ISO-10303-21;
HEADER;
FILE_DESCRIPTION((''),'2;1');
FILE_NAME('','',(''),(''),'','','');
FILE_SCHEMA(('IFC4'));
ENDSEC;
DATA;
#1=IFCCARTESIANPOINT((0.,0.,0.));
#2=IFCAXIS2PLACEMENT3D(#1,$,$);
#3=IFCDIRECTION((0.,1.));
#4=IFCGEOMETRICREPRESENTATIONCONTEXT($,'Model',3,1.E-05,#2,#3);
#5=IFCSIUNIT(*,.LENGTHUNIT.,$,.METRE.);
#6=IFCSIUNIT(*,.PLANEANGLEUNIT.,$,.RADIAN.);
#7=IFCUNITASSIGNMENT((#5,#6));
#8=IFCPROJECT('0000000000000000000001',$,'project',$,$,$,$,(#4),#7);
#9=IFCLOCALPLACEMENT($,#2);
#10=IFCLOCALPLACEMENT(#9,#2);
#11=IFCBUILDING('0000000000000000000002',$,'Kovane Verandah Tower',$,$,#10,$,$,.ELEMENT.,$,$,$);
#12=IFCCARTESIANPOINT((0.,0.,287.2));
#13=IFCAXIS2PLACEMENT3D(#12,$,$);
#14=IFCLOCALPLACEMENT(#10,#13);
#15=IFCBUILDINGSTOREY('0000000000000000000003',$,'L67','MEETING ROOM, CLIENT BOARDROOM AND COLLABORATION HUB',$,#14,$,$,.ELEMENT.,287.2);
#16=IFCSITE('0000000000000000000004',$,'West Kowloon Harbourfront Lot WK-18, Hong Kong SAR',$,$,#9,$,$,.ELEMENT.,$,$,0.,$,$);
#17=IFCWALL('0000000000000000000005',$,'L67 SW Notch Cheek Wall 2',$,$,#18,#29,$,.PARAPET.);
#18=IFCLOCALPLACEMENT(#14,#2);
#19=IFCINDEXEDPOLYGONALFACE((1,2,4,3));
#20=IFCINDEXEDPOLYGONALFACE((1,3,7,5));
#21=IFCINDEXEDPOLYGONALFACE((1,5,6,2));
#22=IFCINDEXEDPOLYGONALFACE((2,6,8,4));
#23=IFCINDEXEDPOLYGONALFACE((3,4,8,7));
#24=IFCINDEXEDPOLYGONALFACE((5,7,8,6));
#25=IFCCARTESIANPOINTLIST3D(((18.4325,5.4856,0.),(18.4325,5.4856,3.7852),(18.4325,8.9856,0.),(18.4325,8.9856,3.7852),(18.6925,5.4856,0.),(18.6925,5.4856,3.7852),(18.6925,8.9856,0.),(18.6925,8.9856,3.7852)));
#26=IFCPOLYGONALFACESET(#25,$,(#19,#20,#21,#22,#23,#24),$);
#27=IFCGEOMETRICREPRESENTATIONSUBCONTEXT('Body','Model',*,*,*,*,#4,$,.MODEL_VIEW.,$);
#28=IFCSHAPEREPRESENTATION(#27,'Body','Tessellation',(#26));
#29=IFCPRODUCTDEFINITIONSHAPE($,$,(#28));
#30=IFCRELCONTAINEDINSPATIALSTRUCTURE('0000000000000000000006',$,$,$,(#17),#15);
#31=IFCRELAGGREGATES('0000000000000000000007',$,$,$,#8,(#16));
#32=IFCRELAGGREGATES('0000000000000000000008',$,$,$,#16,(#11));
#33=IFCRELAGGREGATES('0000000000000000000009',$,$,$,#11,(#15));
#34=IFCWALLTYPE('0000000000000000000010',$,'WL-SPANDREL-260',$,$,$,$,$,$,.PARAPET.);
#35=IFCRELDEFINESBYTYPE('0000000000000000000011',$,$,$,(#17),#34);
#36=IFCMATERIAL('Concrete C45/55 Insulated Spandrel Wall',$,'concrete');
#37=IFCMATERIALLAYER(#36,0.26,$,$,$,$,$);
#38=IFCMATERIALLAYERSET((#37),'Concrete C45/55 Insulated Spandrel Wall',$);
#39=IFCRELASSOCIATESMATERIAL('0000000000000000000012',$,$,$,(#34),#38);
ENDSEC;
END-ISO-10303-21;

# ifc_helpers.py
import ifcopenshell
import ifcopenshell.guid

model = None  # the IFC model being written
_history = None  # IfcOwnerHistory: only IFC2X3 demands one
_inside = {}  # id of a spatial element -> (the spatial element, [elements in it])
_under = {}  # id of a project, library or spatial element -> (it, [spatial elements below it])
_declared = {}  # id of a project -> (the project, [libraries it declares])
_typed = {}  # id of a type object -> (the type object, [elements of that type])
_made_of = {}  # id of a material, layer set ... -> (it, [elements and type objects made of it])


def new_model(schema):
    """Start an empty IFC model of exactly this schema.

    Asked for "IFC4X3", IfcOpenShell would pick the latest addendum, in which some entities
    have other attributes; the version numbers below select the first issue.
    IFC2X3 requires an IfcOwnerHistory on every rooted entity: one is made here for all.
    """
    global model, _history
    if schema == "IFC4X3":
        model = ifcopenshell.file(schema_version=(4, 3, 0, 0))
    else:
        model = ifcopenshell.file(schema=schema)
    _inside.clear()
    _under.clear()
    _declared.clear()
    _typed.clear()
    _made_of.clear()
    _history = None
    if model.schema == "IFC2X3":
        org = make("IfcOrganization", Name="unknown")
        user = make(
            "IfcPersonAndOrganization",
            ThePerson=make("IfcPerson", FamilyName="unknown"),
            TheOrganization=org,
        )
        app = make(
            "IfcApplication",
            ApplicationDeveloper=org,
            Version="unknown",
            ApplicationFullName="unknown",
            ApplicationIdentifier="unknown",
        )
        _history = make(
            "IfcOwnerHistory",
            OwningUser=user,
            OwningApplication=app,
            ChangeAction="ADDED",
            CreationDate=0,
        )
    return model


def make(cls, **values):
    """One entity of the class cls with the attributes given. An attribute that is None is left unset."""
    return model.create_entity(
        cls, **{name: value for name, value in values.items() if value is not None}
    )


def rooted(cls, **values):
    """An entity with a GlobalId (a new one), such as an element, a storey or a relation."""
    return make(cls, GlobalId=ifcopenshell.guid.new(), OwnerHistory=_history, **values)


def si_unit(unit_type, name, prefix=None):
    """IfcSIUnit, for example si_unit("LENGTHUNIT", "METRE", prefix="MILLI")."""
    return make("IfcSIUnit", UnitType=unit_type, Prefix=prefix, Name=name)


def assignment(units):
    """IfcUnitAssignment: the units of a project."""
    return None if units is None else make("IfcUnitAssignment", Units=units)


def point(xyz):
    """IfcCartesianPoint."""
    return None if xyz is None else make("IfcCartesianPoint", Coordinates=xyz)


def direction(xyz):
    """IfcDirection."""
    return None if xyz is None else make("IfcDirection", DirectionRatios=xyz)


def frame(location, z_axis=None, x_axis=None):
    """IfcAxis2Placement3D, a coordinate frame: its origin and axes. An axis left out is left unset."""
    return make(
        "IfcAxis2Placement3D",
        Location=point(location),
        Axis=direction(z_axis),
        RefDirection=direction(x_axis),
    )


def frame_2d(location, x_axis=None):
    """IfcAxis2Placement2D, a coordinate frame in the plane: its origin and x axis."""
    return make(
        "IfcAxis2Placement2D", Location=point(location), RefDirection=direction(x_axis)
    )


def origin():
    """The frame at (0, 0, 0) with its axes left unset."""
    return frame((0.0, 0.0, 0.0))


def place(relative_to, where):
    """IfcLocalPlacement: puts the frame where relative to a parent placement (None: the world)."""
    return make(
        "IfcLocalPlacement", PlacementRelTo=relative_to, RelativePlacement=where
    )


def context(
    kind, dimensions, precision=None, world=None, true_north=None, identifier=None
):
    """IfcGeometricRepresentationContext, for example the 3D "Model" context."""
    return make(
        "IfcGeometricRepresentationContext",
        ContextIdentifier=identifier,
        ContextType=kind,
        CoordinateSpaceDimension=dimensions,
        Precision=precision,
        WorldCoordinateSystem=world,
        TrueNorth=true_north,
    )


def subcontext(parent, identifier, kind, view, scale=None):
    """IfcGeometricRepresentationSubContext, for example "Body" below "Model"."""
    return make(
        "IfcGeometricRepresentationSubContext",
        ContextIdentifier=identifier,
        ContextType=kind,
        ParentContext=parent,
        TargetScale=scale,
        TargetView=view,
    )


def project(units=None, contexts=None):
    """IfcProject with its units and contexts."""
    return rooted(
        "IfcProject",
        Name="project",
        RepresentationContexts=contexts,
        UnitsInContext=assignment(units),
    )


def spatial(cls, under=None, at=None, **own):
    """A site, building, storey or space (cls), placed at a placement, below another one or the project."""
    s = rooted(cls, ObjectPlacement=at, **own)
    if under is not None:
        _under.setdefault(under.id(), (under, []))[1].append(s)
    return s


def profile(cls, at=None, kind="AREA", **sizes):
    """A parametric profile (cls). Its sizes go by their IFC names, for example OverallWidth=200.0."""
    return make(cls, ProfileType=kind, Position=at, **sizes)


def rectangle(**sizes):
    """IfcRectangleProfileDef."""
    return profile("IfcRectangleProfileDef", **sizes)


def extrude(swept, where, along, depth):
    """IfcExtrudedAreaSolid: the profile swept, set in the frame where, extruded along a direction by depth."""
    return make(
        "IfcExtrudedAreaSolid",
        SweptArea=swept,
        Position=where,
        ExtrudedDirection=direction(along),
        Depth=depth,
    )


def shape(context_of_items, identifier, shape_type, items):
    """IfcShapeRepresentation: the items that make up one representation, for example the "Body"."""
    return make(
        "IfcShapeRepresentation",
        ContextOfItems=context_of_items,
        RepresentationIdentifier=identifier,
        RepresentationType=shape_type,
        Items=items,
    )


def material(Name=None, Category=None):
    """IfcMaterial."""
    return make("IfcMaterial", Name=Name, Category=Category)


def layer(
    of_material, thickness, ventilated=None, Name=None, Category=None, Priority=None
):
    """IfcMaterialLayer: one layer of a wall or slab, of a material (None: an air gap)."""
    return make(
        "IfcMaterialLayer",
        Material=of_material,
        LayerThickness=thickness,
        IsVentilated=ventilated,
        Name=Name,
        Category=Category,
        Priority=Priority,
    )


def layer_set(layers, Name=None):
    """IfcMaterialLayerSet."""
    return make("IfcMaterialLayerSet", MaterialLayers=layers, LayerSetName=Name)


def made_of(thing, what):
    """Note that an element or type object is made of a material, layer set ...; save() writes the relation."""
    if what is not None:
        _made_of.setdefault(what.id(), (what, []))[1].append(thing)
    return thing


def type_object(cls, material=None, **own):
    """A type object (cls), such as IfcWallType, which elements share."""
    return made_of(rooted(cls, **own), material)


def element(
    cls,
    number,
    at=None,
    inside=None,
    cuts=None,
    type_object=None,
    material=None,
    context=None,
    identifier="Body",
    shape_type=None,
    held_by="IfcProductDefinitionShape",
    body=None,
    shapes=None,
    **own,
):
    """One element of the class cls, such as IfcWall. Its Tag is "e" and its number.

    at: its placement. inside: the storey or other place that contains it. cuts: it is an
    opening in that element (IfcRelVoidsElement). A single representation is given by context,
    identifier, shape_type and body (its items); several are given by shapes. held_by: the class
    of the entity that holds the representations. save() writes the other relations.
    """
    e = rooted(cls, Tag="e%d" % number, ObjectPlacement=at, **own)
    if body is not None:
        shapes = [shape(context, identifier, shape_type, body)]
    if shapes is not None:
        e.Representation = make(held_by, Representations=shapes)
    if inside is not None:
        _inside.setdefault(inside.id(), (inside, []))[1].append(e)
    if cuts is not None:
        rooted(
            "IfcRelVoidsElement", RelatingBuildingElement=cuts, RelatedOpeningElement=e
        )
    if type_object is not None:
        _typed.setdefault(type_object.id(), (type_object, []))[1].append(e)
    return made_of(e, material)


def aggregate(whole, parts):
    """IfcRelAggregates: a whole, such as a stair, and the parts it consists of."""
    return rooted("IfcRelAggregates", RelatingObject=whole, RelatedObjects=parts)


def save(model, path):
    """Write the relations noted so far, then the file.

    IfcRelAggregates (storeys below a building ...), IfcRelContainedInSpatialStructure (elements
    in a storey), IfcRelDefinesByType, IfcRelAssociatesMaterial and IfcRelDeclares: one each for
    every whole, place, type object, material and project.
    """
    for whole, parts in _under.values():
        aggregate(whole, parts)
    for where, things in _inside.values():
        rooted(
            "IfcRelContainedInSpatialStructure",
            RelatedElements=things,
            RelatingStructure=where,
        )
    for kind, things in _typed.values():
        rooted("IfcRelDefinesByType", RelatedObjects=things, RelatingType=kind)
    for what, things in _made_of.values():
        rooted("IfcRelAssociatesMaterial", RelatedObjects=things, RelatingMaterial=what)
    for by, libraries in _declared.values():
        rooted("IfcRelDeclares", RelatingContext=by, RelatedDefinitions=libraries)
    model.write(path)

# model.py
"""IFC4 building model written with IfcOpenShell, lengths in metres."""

from ifc_helpers import new_model, si_unit, direction, frame, frame_2d, origin, place, context, subcontext, project, spatial, rectangle, extrude, material, layer, layer_set, type_object, element, save


model = new_model("IFC4")

# Units and contexts
model_context = context("Model", 3, precision=1e-05, world=origin(), true_north=direction((0.0, 1.0)))
body_context = subcontext(model_context, "Body", "Model", "MODEL_VIEW")
ifc_project = project(units=[si_unit("LENGTHUNIT", "METRE"), si_unit("PLANEANGLEUNIT", "RADIAN")], contexts=[model_context])

# Site, building, storey
site_placement = place(None, origin())
site = spatial("IfcSite", under=ifc_project, at=site_placement, Name="West Kowloon Harbourfront Lot WK-18, Hong Kong SAR", CompositionType="ELEMENT", RefElevation=0.0)
building_placement = place(site_placement, origin())
building = spatial("IfcBuilding", under=site, at=building_placement, Name="Kovane Verandah Tower", CompositionType="ELEMENT")
storey_placement = place(building_placement, frame((0.0, 0.0, 287.2)))
storey = spatial("IfcBuildingStorey", under=building, at=storey_placement, Name="L67", Description="MEETING ROOM, CLIENT BOARDROOM AND COLLABORATION HUB", CompositionType="ELEMENT", Elevation=287.2)

# Wall
ifc_material_1 = material(Name="Concrete C45/55 Insulated Spandrel Wall", Category="concrete")
ifc_layer_1 = layer(ifc_material_1, 0.26)
ifc_layer_set_1 = layer_set([ifc_layer_1], Name="Concrete C45/55 Insulated Spandrel Wall")
wall_type = type_object("IfcWallType", Name="WL-SPANDREL-260", PredefinedType="PARAPET", material=ifc_layer_set_1)
wall_placement = place(storey_placement, frame((18.5625, 8.9856, 0.0), z_axis=(0.0, 0.0, 1.0), x_axis=(0.0, -1.0, 0.0)))
element("IfcWall", 1, at=wall_placement, inside=storey, type_object=wall_type, Name="L67 SW Notch Cheek Wall 2", PredefinedType="PARAPET", context=body_context, shape_type="SweptSolid", body=[
    extrude(rectangle(XDim=3.5, YDim=0.26, at=frame_2d((1.75, 0.0))), origin(), (0.0, 0.0, 1.0), 3.7852),
])

save(model, "model.ifc")
